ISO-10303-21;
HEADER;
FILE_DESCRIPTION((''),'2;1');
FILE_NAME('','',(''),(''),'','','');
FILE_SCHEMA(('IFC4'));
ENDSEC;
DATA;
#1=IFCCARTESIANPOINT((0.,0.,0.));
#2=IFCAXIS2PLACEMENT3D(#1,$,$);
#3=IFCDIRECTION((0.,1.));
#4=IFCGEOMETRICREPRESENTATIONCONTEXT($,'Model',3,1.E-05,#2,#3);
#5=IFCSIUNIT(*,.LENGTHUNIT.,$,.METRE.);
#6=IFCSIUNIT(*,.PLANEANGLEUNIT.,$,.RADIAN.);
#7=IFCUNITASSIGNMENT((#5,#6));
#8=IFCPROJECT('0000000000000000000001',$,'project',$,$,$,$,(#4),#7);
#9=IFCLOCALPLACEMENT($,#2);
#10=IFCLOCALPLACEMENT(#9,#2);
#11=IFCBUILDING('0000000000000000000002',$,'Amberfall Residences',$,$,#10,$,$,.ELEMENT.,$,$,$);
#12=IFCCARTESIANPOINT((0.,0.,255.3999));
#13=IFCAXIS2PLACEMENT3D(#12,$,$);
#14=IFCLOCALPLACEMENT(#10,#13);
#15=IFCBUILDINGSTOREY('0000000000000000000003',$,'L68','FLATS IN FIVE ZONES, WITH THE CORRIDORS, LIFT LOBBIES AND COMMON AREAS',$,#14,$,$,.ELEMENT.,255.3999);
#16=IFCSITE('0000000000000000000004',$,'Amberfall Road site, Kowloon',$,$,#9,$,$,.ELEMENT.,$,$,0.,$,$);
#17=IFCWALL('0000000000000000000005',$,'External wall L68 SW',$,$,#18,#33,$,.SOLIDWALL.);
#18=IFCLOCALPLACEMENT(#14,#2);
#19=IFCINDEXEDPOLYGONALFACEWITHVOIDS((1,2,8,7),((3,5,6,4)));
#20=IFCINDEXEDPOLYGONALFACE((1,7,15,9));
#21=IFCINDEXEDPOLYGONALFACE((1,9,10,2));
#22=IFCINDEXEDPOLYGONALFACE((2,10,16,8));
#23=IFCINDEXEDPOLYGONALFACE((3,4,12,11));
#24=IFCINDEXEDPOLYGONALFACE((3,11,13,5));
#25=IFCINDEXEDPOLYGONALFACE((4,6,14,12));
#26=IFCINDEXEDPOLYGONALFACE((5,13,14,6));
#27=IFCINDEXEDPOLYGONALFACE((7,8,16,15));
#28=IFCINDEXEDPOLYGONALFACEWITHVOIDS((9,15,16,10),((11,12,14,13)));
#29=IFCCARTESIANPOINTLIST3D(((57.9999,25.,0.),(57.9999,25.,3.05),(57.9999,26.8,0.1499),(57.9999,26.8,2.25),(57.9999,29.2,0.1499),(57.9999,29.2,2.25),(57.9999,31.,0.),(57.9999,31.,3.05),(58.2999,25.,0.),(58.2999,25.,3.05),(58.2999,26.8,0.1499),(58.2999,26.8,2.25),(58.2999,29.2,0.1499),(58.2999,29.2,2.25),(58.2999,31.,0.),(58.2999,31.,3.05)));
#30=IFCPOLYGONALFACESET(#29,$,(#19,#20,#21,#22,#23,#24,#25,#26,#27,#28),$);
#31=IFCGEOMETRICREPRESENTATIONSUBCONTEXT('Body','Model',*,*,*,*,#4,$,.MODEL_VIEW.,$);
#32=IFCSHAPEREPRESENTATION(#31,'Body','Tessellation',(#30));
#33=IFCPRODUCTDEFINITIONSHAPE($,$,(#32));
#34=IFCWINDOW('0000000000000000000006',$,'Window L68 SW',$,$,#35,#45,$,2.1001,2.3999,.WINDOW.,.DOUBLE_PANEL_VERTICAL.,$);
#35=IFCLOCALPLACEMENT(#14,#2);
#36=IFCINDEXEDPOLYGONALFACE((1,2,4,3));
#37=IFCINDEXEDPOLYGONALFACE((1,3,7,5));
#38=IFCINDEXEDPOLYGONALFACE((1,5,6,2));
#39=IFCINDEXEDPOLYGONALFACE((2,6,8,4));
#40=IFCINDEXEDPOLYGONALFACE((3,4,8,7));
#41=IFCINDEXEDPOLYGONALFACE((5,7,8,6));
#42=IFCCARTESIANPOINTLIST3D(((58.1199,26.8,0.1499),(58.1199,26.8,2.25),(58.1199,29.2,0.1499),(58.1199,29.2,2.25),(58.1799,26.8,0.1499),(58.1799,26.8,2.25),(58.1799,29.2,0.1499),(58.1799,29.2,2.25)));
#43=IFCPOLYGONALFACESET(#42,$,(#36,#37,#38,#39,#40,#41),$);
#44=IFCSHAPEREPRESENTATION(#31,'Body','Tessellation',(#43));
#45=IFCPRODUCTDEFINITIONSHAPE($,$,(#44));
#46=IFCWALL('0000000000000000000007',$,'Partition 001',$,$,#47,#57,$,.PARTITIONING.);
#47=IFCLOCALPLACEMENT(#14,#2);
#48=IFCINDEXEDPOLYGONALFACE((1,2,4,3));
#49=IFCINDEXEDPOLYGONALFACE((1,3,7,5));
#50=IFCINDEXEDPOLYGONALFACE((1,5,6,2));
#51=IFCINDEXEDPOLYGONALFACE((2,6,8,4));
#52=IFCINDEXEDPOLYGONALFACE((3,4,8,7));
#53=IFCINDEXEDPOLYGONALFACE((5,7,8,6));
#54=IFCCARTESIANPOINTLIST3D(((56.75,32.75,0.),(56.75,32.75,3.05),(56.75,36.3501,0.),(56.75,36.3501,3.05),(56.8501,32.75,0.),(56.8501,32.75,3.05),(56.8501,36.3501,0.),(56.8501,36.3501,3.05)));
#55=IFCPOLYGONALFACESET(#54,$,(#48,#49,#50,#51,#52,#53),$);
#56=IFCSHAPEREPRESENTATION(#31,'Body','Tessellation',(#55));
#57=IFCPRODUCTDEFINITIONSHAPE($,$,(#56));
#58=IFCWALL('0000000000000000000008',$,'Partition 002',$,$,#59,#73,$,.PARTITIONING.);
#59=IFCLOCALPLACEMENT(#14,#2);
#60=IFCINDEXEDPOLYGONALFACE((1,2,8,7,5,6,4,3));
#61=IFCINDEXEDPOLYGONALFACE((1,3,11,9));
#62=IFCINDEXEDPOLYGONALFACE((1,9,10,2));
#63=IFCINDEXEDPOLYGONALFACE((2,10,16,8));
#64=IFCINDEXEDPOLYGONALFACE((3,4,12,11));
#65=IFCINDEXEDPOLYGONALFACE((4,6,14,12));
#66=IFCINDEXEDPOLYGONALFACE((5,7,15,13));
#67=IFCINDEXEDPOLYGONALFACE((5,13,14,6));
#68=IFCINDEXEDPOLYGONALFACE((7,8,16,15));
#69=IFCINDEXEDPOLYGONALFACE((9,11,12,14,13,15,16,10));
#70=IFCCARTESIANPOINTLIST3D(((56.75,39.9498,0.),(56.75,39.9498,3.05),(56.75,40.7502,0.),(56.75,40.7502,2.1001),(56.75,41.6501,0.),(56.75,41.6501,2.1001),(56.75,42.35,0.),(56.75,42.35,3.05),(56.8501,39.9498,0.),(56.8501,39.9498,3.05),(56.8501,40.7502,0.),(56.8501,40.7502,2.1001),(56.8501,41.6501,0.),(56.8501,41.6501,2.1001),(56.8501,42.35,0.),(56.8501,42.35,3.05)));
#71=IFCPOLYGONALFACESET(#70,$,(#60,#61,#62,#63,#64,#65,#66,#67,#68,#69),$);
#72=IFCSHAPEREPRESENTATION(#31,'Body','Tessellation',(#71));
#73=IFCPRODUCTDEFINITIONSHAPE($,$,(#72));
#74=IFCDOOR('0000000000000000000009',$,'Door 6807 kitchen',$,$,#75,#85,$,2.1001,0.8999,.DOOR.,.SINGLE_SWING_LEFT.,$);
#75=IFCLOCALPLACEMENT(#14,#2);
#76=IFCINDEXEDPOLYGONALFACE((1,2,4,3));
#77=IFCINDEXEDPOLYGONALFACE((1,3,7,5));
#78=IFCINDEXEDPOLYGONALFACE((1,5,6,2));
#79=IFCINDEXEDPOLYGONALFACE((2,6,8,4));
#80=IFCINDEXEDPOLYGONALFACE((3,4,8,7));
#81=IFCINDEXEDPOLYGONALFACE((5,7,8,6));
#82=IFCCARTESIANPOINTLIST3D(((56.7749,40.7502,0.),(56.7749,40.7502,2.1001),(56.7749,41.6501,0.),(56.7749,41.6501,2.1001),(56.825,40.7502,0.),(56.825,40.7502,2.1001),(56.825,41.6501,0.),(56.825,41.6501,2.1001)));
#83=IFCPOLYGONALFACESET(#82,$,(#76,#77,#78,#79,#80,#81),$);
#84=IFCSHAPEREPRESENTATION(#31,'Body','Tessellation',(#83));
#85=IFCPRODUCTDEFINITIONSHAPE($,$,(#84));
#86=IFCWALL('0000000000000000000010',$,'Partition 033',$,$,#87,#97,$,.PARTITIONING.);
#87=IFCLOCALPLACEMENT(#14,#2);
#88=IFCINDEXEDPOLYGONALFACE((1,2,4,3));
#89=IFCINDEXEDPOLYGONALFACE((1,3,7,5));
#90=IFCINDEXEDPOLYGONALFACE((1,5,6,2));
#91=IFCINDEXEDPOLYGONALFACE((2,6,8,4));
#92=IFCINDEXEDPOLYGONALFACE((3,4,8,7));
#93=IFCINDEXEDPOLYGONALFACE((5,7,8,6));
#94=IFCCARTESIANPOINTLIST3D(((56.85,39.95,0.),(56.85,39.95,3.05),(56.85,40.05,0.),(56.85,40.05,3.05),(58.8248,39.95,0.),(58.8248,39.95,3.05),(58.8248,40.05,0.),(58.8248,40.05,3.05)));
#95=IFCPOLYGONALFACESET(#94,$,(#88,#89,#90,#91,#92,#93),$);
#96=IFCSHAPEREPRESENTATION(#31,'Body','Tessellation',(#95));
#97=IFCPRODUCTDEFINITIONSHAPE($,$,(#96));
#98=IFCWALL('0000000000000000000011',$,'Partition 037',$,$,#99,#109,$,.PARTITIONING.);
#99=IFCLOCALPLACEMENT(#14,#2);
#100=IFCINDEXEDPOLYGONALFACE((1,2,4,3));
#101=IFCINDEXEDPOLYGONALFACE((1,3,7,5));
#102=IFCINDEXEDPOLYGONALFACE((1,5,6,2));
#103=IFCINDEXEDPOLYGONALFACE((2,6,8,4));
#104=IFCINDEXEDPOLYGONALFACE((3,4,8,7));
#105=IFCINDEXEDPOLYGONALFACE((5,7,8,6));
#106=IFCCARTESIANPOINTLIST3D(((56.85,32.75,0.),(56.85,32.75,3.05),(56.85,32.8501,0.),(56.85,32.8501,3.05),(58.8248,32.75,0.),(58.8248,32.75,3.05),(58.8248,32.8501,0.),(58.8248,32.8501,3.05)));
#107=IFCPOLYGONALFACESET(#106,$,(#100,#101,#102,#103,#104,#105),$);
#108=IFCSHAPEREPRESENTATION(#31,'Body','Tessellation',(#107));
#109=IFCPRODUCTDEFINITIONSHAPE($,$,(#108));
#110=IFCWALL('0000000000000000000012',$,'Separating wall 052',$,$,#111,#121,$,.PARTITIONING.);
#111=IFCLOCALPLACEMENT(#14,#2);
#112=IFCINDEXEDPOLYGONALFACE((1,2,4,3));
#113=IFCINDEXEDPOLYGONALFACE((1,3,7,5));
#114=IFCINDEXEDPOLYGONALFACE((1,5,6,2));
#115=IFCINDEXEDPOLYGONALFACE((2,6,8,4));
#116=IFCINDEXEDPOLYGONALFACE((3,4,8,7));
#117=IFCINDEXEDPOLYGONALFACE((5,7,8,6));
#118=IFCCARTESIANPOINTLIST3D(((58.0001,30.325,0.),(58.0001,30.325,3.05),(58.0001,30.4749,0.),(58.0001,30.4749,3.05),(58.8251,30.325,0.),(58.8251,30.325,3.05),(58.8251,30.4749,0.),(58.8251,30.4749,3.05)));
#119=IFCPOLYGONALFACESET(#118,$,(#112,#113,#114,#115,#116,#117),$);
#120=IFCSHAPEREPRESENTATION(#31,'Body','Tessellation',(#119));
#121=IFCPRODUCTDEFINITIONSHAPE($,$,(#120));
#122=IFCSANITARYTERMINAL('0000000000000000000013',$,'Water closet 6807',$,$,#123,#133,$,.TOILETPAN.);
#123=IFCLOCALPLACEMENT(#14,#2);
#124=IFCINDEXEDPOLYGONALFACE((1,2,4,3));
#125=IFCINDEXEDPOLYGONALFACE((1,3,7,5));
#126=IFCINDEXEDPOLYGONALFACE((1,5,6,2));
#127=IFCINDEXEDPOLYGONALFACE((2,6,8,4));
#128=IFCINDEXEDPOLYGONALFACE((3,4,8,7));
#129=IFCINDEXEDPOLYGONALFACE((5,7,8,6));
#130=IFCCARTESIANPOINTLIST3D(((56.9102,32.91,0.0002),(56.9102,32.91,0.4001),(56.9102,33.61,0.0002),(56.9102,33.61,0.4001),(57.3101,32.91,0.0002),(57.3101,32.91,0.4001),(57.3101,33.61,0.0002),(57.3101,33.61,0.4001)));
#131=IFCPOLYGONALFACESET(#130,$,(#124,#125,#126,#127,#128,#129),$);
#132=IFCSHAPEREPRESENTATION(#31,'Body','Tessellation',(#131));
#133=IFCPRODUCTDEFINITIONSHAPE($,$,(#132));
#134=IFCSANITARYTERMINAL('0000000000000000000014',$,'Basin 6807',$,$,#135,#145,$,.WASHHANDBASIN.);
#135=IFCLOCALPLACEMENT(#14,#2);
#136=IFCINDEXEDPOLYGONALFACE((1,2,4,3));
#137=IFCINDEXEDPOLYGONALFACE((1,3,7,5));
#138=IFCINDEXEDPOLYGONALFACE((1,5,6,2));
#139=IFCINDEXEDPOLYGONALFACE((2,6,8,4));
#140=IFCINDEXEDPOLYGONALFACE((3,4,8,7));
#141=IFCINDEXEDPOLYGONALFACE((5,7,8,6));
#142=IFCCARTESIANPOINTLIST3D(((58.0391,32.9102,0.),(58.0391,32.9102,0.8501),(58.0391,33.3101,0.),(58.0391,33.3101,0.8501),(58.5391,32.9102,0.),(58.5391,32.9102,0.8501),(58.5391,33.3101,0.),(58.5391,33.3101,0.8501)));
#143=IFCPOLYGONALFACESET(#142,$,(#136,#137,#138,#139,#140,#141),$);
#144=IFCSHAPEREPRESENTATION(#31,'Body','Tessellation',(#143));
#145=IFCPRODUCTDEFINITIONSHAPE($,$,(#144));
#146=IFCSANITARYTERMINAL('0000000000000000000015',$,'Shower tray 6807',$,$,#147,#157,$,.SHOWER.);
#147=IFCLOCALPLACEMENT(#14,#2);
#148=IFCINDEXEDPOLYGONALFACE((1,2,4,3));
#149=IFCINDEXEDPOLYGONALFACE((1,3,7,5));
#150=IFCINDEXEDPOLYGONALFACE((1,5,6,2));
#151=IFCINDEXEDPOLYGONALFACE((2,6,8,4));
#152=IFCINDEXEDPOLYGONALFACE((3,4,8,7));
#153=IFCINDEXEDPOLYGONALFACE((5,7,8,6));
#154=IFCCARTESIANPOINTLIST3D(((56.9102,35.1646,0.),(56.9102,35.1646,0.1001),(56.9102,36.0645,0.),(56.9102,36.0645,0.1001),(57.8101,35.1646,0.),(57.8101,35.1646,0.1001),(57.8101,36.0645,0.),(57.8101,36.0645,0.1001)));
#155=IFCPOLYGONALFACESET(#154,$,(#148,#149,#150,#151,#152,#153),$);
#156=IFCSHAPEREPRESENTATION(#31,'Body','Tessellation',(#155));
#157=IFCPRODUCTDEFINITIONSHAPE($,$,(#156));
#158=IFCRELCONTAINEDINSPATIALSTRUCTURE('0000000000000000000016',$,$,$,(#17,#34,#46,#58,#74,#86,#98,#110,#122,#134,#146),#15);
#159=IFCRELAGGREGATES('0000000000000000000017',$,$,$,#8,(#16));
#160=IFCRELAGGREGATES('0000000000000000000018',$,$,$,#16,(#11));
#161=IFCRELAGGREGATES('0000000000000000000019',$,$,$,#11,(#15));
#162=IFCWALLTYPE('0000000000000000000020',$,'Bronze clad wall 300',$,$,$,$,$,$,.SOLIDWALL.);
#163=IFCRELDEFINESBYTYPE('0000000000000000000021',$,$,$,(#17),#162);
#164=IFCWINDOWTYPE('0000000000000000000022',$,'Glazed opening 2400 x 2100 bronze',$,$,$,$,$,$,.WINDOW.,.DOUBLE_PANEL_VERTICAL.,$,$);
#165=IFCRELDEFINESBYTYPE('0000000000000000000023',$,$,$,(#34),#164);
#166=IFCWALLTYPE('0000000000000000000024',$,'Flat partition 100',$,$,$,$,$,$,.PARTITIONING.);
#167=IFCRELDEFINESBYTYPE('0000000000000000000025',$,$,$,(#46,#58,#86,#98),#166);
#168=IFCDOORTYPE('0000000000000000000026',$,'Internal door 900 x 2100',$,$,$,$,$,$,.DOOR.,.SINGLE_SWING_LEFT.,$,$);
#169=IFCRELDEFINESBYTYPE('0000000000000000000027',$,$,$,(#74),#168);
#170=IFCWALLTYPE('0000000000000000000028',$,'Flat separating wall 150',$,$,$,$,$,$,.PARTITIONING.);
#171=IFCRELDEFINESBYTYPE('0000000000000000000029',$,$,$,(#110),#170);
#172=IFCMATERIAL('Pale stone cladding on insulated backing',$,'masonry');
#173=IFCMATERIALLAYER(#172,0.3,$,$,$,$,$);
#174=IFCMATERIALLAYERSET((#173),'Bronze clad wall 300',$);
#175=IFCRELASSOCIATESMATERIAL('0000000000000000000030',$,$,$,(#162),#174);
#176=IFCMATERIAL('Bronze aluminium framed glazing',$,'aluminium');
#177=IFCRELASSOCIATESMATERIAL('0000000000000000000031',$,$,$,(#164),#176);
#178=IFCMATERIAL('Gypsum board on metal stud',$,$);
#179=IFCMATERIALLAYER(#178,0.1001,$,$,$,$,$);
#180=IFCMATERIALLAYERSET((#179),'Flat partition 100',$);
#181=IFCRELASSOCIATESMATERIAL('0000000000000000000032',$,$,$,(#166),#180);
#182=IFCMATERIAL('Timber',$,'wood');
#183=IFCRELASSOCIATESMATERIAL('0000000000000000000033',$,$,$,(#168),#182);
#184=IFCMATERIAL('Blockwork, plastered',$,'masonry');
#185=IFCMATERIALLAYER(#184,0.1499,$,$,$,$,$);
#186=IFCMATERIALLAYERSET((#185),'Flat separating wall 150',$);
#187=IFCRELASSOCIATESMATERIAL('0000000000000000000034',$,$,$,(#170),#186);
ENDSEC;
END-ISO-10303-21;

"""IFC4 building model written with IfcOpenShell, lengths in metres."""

from ifc_helpers import new_model, si_unit, direction, frame, frame_2d, origin, origin_2d, place, context, subcontext, project, spatial, rectangle, extrude, material, layer, layer_set, type_object, element, fill, save


model = new_model("IFC4")

# Units and contexts
model_context = context("Model", 3, precision=1e-05, world=origin(), true_north=direction((0.0, 1.0)))
body_context = subcontext(model_context, "Body", "Model", "MODEL_VIEW")
ifc_project = project(units=[si_unit("LENGTHUNIT", "METRE"), si_unit("PLANEANGLEUNIT", "RADIAN")], contexts=[model_context])

# Site, building, storey
site_placement = place(None, origin())
site = spatial("IfcSite", under=ifc_project, at=site_placement, Name="Amberfall Road site, Kowloon", CompositionType="ELEMENT", RefElevation=0.0)
building_placement = place(site_placement, origin())
building = spatial("IfcBuilding", under=site, at=building_placement, Name="Amberfall Residences", CompositionType="ELEMENT")
storey_placement = place(building_placement, frame((0.0, 0.0, 255.3999)))
storey = spatial("IfcBuildingStorey", under=building, at=storey_placement, Name="L68", Description="FLATS IN FIVE ZONES, WITH THE CORRIDORS, LIFT LOBBIES AND COMMON AREAS", CompositionType="ELEMENT", Elevation=255.3999)

# Shared definitions
ifc_material_1 = material(Name="Pale stone cladding on insulated backing", Category="masonry")
ifc_layer_1 = layer(ifc_material_1, 0.3)
ifc_layer_set_1 = layer_set([ifc_layer_1], Name="Bronze clad wall 300")
wall_type_1 = type_object("IfcWallType", Name="Bronze clad wall 300", PredefinedType="SOLIDWALL", material=ifc_layer_set_1)

# Wall, opening, window
wall_1_placement = place(storey_placement, frame((58.1499, 31.0, 0.0), z_axis=(0.0, 0.0, 1.0), x_axis=(0.0, -1.0, 0.0)))
wall_1 = element("IfcWall", 1, at=wall_1_placement, inside=storey, type_object=wall_type_1, Name="External wall L68 SW", PredefinedType="SOLIDWALL", context=body_context, shape_type="SweptSolid", body=[
    extrude(rectangle(XDim=6.0, YDim=0.3, at=frame_2d((3.0, 0.0))), origin(), (0.0, 0.0, 1.0), 3.05),
])
opening_1_placement = place(wall_1_placement, frame((1.8, 0.0, 0.1499)))
opening_1 = element("IfcOpeningElement", 2, at=opening_1_placement, cuts=wall_1, PredefinedType="OPENING", context=body_context, shape_type="SweptSolid", body=[
    extrude(rectangle(XDim=2.3999, YDim=2.1001, at=frame_2d((1.2, 1.05))), frame((0.0, 0.1599, 0.0), z_axis=(0.0, -1.0, 0.0), x_axis=(1.0, 0.0, 0.0)), (0.0, 0.0, 1.0), 0.3201),
])
ifc_material_2 = material(Name="Bronze aluminium framed glazing", Category="aluminium")
window_type = type_object("IfcWindowType", Name="Glazed opening 2400 x 2100 bronze", PartitioningType="DOUBLE_PANEL_VERTICAL", PredefinedType="WINDOW", material=ifc_material_2)
window_placement = place(opening_1_placement, origin())
window = element("IfcWindow", 3, at=window_placement, inside=storey, type_object=window_type, Name="Window L68 SW", OverallHeight=2.1001, OverallWidth=2.3999, PartitioningType="DOUBLE_PANEL_VERTICAL", PredefinedType="WINDOW", context=body_context, shape_type="SweptSolid", body=[
    extrude(rectangle(XDim=2.3999, YDim=2.1001, at=frame_2d((1.2, 1.05))), frame((0.0, 0.03, 0.0), z_axis=(0.0, -1.0, 0.0), x_axis=(1.0, 0.0, 0.0)), (0.0, 0.0, 1.0), 0.0601),
])
fill(opening_1, window)

# Wall
ifc_material_3 = material(Name="Gypsum board on metal stud")
ifc_layer_2 = layer(ifc_material_3, 0.1001)
ifc_layer_set_2 = layer_set([ifc_layer_2], Name="Flat partition 100")
wall_type_2 = type_object("IfcWallType", Name="Flat partition 100", PredefinedType="PARTITIONING", material=ifc_layer_set_2)
wall_2_placement = place(storey_placement, frame((56.8, 32.75, 0.0), z_axis=(0.0, 0.0, 1.0), x_axis=(0.0, 1.0, 0.0)))
element("IfcWall", 4, at=wall_2_placement, inside=storey, type_object=wall_type_2, Name="Partition 001", PredefinedType="PARTITIONING", context=body_context, shape_type="SweptSolid", body=[
    extrude(rectangle(XDim=3.6001, YDim=0.1001, at=frame_2d((1.8, 0.0))), origin(), (0.0, 0.0, 1.0), 3.05),
])

# Wall, opening, door
wall_3_placement = place(storey_placement, frame((56.8, 42.3501, 0.0), z_axis=(0.0, 0.0, 1.0), x_axis=(0.0, -1.0, 0.0)))
wall_3 = element("IfcWall", 5, at=wall_3_placement, inside=storey, type_object=wall_type_2, Name="Partition 002", PredefinedType="PARTITIONING", context=body_context, shape_type="SweptSolid", body=[
    extrude(rectangle(XDim=2.4001, YDim=0.1001, at=frame_2d((1.2002, 0.0))), origin(), (0.0, 0.0, 1.0), 3.05),
])
opening_2_placement = place(wall_3_placement, frame((0.7, 0.0, 0.0)))
opening_2 = element("IfcOpeningElement", 6, at=opening_2_placement, cuts=wall_3, PredefinedType="OPENING", context=body_context, shape_type="SweptSolid", body=[
    extrude(rectangle(XDim=0.8999, YDim=2.1001, at=frame_2d((0.45, 1.05))), frame((0.0, 0.0601, 0.0), z_axis=(0.0, -1.0, 0.0), x_axis=(1.0, 0.0, 0.0)), (0.0, 0.0, 1.0), 0.1201),
])
ifc_material_4 = material(Name="Timber", Category="wood")
door_type = type_object("IfcDoorType", Name="Internal door 900 x 2100", OperationType="SINGLE_SWING_LEFT", PredefinedType="DOOR", material=ifc_material_4)
door_placement = place(opening_2_placement, origin())
door = element("IfcDoor", 7, at=door_placement, inside=storey, type_object=door_type, Name="Door 6807 kitchen", OperationType="SINGLE_SWING_LEFT", OverallHeight=2.1001, OverallWidth=0.8999, PredefinedType="DOOR", context=body_context, shape_type="SweptSolid", body=[
    extrude(rectangle(XDim=0.8999, YDim=2.1001, at=frame_2d((0.45, 1.05))), frame((0.0, 0.0249, 0.0), z_axis=(0.0, -1.0, 0.0), x_axis=(1.0, 0.0, 0.0)), (0.0, 0.0, 1.0), 0.05),
])
fill(opening_2, door)

# Walls
for number, where, z_axis, x_axis, name in (
    (8, (56.8501, 40.0, 0.0), (0.0, 0.0, 1.0), (1.0, 0.0, 0.0), "Partition 033"),
    (9, (56.8501, 32.8, 0.0), (0.0, 0.0, 1.0), (1.0, 0.0, 0.0), "Partition 037"),
):
    element("IfcWall", number, at=place(storey_placement, frame(where, z_axis=z_axis, x_axis=x_axis)), inside=storey, type_object=wall_type_2, Name=name, PredefinedType="PARTITIONING", context=body_context, shape_type="SweptSolid", body=[
        extrude(rectangle(XDim=1.9749, YDim=0.1001, at=frame_2d((0.9873, 0.0))), origin(), (0.0, 0.0, 1.0), 3.05),
    ])
ifc_material_5 = material(Name="Blockwork, plastered", Category="masonry")
ifc_layer_3 = layer(ifc_material_5, 0.1499)
ifc_layer_set_3 = layer_set([ifc_layer_3], Name="Flat separating wall 150")
wall_type_3 = type_object("IfcWallType", Name="Flat separating wall 150", PredefinedType="PARTITIONING", material=ifc_layer_set_3)
wall_4_placement = place(storey_placement, frame((58.0, 30.3999, 0.0), z_axis=(0.0, 0.0, 1.0), x_axis=(1.0, 0.0, 0.0)))
element("IfcWall", 10, at=wall_4_placement, inside=storey, type_object=wall_type_3, Name="Separating wall 052", PredefinedType="PARTITIONING", context=body_context, shape_type="SweptSolid", body=[
    extrude(rectangle(XDim=0.825, YDim=0.1499, at=frame_2d((0.4126, 0.0))), origin(), (0.0, 0.0, 1.0), 3.05),
])

# Sanitary terminals
sanitary_terminal_1_placement = place(storey_placement, frame((57.1101, 33.26, 0.0002), z_axis=(0.0, 0.0, 1.0), x_axis=(1.0, 0.0, 0.0)))
element("IfcSanitaryTerminal", 11, at=sanitary_terminal_1_placement, inside=storey, Name="Water closet 6807", PredefinedType="TOILETPAN", context=body_context, shape_type="SweptSolid", body=[
    extrude(rectangle(XDim=0.3999, YDim=0.7, at=origin_2d()), origin(), (0.0, 0.0, 1.0), 0.3999),
])
sanitary_terminal_2_placement = place(storey_placement, frame((58.2891, 33.1101, 0.0), z_axis=(0.0, 0.0, 1.0), x_axis=(1.0, 0.0, 0.0)))
element("IfcSanitaryTerminal", 12, at=sanitary_terminal_2_placement, inside=storey, Name="Basin 6807", PredefinedType="WASHHANDBASIN", context=body_context, shape_type="SweptSolid", body=[
    extrude(rectangle(XDim=0.5, YDim=0.3999, at=origin_2d()), origin(), (0.0, 0.0, 1.0), 0.8501),
])
sanitary_terminal_3_placement = place(storey_placement, frame((57.3601, 35.6145, 0.0), z_axis=(0.0, 0.0, 1.0), x_axis=(1.0, 0.0, 0.0)))
element("IfcSanitaryTerminal", 13, at=sanitary_terminal_3_placement, inside=storey, Name="Shower tray 6807", PredefinedType="SHOWER", context=body_context, shape_type="SweptSolid", body=[
    extrude(rectangle(XDim=0.8999, YDim=0.8999, at=origin_2d()), origin(), (0.0, 0.0, 1.0), 0.1001),
])

save(model, "model.ifc")
